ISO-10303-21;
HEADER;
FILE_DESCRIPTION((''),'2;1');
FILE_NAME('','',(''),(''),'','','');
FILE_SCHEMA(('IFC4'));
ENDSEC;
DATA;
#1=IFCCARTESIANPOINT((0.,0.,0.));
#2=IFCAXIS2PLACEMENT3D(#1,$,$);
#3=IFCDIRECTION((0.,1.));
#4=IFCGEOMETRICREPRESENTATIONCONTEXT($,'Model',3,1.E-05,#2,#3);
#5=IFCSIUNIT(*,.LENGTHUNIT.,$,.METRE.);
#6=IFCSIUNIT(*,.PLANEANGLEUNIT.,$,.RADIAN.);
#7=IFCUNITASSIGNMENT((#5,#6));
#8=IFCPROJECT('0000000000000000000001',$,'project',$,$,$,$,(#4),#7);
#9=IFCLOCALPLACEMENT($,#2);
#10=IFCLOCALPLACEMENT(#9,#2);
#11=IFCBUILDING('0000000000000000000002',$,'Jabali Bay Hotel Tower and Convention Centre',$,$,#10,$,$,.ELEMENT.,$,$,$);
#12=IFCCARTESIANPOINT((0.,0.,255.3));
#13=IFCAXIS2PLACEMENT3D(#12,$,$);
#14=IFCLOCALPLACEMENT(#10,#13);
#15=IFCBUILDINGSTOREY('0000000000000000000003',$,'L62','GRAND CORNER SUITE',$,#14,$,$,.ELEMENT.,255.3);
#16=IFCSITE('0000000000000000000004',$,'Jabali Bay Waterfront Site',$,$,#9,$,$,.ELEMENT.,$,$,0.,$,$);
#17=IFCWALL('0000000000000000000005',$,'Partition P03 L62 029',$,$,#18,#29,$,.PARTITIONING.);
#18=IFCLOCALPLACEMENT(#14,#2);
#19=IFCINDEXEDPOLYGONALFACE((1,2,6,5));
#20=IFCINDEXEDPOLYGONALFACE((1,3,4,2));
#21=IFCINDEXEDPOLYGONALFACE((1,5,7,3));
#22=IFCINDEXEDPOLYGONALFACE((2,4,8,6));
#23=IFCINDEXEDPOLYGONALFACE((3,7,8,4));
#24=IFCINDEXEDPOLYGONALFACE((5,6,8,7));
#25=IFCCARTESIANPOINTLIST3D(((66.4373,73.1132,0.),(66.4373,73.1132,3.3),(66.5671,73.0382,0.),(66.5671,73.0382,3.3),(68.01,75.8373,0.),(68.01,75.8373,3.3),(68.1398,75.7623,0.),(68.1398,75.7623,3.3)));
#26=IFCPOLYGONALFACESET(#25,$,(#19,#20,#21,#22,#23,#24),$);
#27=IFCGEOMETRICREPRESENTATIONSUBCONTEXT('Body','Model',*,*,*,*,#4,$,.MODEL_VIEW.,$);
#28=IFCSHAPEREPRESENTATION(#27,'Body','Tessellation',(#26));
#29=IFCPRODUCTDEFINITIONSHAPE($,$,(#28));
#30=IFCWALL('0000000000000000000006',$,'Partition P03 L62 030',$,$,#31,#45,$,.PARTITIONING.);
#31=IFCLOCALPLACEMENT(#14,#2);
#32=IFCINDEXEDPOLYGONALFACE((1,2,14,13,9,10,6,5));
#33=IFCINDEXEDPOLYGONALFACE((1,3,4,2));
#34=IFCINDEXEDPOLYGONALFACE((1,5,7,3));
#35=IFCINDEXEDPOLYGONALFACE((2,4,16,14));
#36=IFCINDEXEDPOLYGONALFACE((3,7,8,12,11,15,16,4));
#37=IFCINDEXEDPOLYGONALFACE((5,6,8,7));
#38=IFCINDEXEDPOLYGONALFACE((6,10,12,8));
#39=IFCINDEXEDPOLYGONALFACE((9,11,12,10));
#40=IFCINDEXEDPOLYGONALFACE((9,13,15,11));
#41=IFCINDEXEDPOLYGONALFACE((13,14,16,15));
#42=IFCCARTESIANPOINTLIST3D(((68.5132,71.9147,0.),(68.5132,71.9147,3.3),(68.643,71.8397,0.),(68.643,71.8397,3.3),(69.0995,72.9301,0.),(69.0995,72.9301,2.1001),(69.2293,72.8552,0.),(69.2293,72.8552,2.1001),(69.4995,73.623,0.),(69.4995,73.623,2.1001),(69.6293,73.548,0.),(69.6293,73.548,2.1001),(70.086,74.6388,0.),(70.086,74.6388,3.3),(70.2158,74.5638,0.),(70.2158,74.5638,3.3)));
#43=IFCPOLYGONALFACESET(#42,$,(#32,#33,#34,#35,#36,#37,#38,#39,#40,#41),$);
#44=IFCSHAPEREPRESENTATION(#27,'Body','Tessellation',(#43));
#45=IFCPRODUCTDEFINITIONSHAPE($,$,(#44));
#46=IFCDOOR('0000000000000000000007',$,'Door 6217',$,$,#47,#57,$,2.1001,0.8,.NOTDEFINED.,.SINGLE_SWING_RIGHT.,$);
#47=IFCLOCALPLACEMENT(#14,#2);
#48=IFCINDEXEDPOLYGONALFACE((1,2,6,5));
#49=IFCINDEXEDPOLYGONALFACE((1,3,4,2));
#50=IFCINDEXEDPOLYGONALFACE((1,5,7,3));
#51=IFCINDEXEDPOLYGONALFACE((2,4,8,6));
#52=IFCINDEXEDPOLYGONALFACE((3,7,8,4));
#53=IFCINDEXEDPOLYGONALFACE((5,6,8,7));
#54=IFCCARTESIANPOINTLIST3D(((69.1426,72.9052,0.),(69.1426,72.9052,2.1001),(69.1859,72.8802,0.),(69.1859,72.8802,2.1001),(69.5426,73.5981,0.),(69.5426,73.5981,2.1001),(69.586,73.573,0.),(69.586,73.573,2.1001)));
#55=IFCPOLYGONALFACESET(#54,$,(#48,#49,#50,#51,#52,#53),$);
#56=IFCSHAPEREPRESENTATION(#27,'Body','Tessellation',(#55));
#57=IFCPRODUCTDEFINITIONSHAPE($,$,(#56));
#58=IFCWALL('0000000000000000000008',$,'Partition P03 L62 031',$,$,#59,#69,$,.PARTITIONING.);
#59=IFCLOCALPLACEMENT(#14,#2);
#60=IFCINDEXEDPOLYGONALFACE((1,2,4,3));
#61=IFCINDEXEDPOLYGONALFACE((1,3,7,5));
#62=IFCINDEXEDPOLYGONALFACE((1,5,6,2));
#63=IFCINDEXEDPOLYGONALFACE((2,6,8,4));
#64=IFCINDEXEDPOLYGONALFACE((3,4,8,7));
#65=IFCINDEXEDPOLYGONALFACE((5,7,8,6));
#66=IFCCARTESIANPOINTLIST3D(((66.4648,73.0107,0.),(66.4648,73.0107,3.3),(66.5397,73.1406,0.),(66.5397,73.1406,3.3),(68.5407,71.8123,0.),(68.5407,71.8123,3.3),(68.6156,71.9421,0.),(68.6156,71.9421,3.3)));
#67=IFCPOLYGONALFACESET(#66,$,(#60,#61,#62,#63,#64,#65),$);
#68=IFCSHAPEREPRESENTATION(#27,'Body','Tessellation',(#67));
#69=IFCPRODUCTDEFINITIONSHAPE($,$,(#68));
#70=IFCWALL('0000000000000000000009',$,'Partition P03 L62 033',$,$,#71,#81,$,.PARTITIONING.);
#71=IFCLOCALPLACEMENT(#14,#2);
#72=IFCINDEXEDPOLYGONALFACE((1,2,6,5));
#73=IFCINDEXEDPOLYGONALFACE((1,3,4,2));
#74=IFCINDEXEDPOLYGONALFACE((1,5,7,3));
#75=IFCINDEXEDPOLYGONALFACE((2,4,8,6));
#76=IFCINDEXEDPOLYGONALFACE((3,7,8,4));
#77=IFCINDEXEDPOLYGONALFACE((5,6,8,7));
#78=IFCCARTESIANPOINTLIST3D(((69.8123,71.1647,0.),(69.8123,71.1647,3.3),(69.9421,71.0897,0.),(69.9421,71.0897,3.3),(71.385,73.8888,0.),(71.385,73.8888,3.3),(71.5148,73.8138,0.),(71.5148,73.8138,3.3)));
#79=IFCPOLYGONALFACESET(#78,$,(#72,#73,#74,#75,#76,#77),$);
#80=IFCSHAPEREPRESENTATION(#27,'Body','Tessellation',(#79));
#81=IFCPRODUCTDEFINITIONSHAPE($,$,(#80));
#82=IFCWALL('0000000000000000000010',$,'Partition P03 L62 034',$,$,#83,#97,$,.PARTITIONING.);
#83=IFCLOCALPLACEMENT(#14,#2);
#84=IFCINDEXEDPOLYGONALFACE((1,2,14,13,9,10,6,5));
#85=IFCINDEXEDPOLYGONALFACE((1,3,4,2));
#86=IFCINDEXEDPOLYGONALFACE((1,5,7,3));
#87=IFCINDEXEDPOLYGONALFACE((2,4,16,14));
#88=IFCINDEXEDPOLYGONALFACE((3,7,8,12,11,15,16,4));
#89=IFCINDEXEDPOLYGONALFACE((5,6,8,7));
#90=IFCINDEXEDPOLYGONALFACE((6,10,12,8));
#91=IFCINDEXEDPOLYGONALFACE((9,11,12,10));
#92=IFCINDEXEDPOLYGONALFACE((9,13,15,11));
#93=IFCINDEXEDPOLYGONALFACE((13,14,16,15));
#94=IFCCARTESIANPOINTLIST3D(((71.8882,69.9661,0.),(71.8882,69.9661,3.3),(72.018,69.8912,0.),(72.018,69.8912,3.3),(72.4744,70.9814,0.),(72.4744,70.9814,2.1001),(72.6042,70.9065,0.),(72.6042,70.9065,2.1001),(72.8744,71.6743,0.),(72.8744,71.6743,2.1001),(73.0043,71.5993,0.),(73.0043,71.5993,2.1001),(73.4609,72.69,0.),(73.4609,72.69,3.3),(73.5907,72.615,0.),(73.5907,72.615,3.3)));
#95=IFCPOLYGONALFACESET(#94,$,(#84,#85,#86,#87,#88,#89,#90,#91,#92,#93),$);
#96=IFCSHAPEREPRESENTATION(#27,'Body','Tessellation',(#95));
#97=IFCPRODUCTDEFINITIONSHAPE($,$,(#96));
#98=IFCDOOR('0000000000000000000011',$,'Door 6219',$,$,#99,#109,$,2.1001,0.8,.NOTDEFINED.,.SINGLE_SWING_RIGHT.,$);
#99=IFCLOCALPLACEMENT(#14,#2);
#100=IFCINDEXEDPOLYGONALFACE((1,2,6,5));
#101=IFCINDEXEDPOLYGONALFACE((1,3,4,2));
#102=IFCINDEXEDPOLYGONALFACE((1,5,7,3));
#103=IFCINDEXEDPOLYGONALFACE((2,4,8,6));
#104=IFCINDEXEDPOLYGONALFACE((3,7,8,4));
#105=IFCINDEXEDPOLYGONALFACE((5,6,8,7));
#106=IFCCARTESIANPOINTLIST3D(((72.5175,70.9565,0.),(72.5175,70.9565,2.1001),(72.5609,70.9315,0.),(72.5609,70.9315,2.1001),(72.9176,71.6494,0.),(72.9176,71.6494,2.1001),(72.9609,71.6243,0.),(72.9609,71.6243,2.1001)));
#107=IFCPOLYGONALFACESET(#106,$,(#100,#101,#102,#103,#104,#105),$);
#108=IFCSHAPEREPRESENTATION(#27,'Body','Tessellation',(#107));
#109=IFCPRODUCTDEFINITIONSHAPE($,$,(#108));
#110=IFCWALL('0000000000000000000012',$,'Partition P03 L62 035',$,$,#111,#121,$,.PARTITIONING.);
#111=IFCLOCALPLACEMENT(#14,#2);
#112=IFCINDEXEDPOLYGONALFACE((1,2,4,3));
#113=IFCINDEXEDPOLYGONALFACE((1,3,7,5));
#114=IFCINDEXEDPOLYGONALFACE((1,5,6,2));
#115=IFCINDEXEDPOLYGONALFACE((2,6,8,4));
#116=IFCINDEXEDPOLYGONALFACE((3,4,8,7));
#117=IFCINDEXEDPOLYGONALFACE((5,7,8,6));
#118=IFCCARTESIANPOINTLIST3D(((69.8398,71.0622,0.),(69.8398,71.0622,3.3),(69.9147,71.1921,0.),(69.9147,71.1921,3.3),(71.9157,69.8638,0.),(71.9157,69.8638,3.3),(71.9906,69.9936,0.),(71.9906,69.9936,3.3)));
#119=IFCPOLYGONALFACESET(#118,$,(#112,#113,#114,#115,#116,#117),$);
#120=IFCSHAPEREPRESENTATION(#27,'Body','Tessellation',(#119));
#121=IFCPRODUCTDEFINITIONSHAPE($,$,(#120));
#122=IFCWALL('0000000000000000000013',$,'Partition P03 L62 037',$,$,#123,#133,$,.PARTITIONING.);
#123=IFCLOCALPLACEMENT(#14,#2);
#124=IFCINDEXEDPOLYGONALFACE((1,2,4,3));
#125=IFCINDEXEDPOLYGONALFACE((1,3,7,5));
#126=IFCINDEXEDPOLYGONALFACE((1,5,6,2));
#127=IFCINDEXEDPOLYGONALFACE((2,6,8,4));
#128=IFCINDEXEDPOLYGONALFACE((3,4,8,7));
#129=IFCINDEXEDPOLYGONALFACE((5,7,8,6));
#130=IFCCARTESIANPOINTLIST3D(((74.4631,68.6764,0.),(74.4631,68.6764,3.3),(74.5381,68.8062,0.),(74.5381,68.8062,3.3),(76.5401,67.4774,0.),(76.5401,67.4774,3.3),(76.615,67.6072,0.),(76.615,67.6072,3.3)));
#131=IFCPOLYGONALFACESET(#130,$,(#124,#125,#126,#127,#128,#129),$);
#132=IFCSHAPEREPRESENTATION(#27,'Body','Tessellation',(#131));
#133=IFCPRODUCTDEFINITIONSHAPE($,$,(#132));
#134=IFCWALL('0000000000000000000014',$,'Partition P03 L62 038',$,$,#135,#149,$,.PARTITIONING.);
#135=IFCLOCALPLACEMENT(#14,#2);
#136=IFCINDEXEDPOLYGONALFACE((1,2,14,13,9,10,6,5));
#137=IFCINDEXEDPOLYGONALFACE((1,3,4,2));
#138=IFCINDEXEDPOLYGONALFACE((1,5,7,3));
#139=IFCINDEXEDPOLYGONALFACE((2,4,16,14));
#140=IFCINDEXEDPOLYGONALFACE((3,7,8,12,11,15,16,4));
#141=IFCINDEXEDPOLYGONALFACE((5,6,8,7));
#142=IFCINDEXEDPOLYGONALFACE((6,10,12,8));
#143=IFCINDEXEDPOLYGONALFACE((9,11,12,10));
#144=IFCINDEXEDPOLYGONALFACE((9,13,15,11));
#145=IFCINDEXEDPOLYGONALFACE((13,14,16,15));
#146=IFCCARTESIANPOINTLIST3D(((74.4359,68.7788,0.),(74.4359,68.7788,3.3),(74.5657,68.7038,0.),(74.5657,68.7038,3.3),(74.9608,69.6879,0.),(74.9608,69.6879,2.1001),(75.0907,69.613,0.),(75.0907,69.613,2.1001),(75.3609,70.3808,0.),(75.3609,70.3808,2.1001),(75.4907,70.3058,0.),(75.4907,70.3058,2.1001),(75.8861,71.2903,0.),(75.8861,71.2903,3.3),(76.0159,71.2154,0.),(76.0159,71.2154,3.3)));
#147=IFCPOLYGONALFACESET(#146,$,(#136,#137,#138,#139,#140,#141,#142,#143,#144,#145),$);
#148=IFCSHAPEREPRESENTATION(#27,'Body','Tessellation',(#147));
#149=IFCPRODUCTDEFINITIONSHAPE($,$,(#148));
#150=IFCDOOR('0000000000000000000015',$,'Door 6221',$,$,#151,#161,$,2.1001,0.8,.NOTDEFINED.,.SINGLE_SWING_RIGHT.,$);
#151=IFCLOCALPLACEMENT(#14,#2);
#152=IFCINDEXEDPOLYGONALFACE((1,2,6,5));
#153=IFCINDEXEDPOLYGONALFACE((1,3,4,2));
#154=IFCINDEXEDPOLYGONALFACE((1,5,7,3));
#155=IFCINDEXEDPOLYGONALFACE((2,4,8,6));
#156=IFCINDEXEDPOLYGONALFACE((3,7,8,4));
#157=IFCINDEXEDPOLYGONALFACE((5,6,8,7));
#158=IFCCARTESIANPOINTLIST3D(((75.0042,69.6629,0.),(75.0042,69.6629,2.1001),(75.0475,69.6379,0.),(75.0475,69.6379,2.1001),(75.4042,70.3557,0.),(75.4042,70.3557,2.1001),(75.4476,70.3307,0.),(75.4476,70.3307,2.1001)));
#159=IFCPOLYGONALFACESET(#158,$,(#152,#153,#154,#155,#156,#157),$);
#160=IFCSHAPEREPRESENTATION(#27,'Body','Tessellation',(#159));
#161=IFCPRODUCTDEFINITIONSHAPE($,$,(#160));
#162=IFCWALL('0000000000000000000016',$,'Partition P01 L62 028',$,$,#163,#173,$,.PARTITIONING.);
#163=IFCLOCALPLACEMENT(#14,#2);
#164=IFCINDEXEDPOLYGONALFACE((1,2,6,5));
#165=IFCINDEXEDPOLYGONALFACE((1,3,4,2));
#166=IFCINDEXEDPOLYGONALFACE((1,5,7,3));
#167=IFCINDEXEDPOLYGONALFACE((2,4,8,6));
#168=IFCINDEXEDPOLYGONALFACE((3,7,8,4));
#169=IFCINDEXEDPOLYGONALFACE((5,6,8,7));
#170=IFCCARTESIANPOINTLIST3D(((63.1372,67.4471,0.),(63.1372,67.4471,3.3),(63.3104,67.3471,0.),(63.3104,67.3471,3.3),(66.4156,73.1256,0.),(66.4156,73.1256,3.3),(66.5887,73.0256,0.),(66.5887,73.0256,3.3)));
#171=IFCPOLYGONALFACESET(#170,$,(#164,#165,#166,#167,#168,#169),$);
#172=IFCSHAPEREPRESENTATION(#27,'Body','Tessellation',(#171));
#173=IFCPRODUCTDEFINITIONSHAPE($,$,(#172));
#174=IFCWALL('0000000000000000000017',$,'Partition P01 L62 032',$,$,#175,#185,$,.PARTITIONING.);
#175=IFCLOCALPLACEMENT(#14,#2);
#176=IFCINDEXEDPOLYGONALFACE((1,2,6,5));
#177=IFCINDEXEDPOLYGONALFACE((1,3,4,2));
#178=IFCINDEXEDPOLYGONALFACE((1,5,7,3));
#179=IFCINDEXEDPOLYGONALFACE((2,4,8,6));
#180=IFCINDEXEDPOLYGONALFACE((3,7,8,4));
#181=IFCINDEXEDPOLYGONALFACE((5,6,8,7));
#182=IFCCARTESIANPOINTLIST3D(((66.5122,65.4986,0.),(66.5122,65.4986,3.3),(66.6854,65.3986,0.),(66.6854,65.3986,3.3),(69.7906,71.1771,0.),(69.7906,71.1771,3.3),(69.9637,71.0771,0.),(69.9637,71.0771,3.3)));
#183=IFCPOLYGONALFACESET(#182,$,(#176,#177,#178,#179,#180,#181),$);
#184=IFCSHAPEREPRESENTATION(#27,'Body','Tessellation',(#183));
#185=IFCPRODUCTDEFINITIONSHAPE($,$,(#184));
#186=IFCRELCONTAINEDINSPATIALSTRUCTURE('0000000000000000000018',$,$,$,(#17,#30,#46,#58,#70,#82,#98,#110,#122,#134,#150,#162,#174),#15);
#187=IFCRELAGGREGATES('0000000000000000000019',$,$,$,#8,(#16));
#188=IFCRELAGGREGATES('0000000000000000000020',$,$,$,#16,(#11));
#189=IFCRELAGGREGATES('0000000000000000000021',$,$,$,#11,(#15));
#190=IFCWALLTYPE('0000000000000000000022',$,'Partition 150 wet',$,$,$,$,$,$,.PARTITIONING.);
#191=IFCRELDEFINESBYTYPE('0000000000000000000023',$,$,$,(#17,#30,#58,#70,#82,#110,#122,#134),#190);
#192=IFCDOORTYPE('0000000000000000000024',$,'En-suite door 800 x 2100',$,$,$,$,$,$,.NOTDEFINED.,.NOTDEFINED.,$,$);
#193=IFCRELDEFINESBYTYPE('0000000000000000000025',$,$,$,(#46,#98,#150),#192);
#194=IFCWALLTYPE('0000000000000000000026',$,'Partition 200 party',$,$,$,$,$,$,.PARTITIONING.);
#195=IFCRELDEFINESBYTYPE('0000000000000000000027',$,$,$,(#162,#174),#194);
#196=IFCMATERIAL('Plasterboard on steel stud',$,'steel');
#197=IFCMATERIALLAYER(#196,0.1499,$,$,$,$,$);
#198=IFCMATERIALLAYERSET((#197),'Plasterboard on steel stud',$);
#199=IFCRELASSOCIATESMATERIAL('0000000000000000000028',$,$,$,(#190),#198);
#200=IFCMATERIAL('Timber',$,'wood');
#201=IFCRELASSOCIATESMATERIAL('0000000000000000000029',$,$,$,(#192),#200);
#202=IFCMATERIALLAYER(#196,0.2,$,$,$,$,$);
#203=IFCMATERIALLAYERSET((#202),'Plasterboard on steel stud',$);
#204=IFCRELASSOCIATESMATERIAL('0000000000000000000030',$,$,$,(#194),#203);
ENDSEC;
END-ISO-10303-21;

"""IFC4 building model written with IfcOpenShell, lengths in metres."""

from ifc_helpers import new_model, si_unit, direction, frame, frame_2d, origin, place, context, subcontext, project, spatial, rectangle, extrude, material, layer, layer_set, type_object, element, fill, save


model = new_model("IFC4")

# Units and contexts
model_context = context("Model", 3, precision=1e-05, world=origin(), true_north=direction((0.0, 1.0)))
body_context = subcontext(model_context, "Body", "Model", "MODEL_VIEW")
ifc_project = project(units=[si_unit("LENGTHUNIT", "METRE"), si_unit("PLANEANGLEUNIT", "RADIAN")], contexts=[model_context])

# Site, building, storey
site_placement = place(None, origin())
site = spatial("IfcSite", under=ifc_project, at=site_placement, Name="Jabali Bay Waterfront Site", CompositionType="ELEMENT", RefElevation=0.0)
building_placement = place(site_placement, origin())
building = spatial("IfcBuilding", under=site, at=building_placement, Name="Jabali Bay Hotel Tower and Convention Centre", CompositionType="ELEMENT")
storey_placement = place(building_placement, frame((0.0, 0.0, 255.3)))
storey = spatial("IfcBuildingStorey", under=building, at=storey_placement, Name="L62", Description="GRAND CORNER SUITE", CompositionType="ELEMENT", Elevation=255.3)

# Shared definitions
ifc_material_1 = material(Name="Timber", Category="wood")

# Shared definitions
ifc_material_2 = material(Name="Plasterboard on steel stud", Category="steel")
ifc_layer_1 = layer(ifc_material_2, 0.1499)
ifc_layer_set_1 = layer_set([ifc_layer_1], Name="Plasterboard on steel stud")
wall_type_1 = type_object("IfcWallType", Name="Partition 150 wet", PredefinedType="PARTITIONING", material=ifc_layer_set_1)
door_type_1 = type_object("IfcDoorType", Name="En-suite door 800 x 2100", OperationType="NOTDEFINED", PredefinedType="NOTDEFINED", material=ifc_material_1)

# Wall
wall_1_placement = place(storey_placement, frame((66.5022, 73.0757, 0.0), z_axis=(0.0, 0.0, 1.0), x_axis=(0.499996, 0.866028, 0.0)))
element("IfcWall", 1, at=wall_1_placement, inside=storey, type_object=wall_type_1, Name="Partition P03 L62 029", PredefinedType="PARTITIONING", context=body_context, shape_type="SweptSolid", body=[
    extrude(rectangle(XDim=3.1455, YDim=0.1499, at=frame_2d((1.5728, 0.0))), origin(), (0.0, 0.0, 1.0), 3.3),
])

# Wall, opening, door
wall_2_placement = place(storey_placement, frame((70.1509, 74.6013, 0.0), z_axis=(0.0, 0.0, 1.0), x_axis=(-0.499996, -0.866028, 0.0)))
wall_2 = element("IfcWall", 2, at=wall_2_placement, inside=storey, type_object=wall_type_1, Name="Partition P03 L62 030", PredefinedType="PARTITIONING", context=body_context, shape_type="SweptSolid", body=[
    extrude(rectangle(XDim=3.1455, YDim=0.1499, at=frame_2d((1.5728, 0.0))), origin(), (0.0, 0.0, 1.0), 3.3),
])
opening_1_placement = place(wall_2_placement, frame((1.1731, 0.0, 0.0)))
opening_1 = element("IfcOpeningElement", 3, at=opening_1_placement, cuts=wall_2, PredefinedType="OPENING", context=body_context, shape_type="SweptSolid", body=[
    extrude(rectangle(XDim=0.8, YDim=2.1001, at=frame_2d((0.3999, 1.05))), frame((0.0, 0.0854, 0.0), z_axis=(0.0, -1.0, 0.0), x_axis=(1.0, 0.0, 0.0)), (0.0, 0.0, 1.0), 0.1709),
])
door_1_placement = place(opening_1_placement, origin())
door_1 = element("IfcDoor", 4, at=door_1_placement, inside=storey, type_object=door_type_1, Name="Door 6217", OperationType="SINGLE_SWING_RIGHT", OverallHeight=2.1001, OverallWidth=0.8, PredefinedType="NOTDEFINED", context=body_context, shape_type="SweptSolid", body=[
    extrude(rectangle(XDim=0.8, YDim=2.1001, at=frame_2d((0.3999, 1.05))), frame((0.0, 0.0249, 0.0), z_axis=(0.0, -1.0, 0.0), x_axis=(1.0, 0.0, 0.0)), (0.0, 0.0, 1.0), 0.05),
])
fill(opening_1, door_1)

# Walls
wall_3_placement = place(storey_placement, frame((68.5781, 71.8772, 0.0), z_axis=(0.0, 0.0, 1.0), x_axis=(-0.866035, 0.499984, 0.0)))
element("IfcWall", 5, at=wall_3_placement, inside=storey, type_object=wall_type_1, Name="Partition P03 L62 031", PredefinedType="PARTITIONING", context=body_context, shape_type="SweptSolid", body=[
    extrude(rectangle(XDim=2.397, YDim=0.1499, at=frame_2d((1.1985, 0.0))), origin(), (0.0, 0.0, 1.0), 3.3),
])
wall_4_placement = place(storey_placement, frame((69.8772, 71.1272, 0.0), z_axis=(0.0, 0.0, 1.0), x_axis=(0.499996, 0.866028, 0.0)))
element("IfcWall", 6, at=wall_4_placement, inside=storey, type_object=wall_type_1, Name="Partition P03 L62 033", PredefinedType="PARTITIONING", context=body_context, shape_type="SweptSolid", body=[
    extrude(rectangle(XDim=3.1455, YDim=0.1499, at=frame_2d((1.5728, 0.0))), origin(), (0.0, 0.0, 1.0), 3.3),
])

# Wall, opening, door
wall_5_placement = place(storey_placement, frame((73.5259, 72.6526, 0.0), z_axis=(0.0, 0.0, 1.0), x_axis=(-0.500029, -0.866008, 0.0)))
wall_5 = element("IfcWall", 7, at=wall_5_placement, inside=storey, type_object=wall_type_1, Name="Partition P03 L62 034", PredefinedType="PARTITIONING", context=body_context, shape_type="SweptSolid", body=[
    extrude(rectangle(XDim=3.1453, YDim=0.1499, at=frame_2d((1.5728, 0.0))), origin(), (0.0, 0.0, 1.0), 3.3),
])
opening_2_placement = place(wall_5_placement, frame((1.1731, 0.0, 0.0)))
opening_2 = element("IfcOpeningElement", 8, at=opening_2_placement, cuts=wall_5, PredefinedType="OPENING", context=body_context, shape_type="SweptSolid", body=[
    extrude(rectangle(XDim=0.8, YDim=2.1001, at=frame_2d((0.3999, 1.05))), frame((0.0, 0.0854, 0.0), z_axis=(0.0, -1.0, 0.0), x_axis=(1.0, 0.0, 0.0)), (0.0, 0.0, 1.0), 0.1709),
])
door_2_placement = place(opening_2_placement, origin())
door_2 = element("IfcDoor", 9, at=door_2_placement, inside=storey, type_object=door_type_1, Name="Door 6219", OperationType="SINGLE_SWING_RIGHT", OverallHeight=2.1001, OverallWidth=0.8, PredefinedType="NOTDEFINED", context=body_context, shape_type="SweptSolid", body=[
    extrude(rectangle(XDim=0.8, YDim=2.1001, at=frame_2d((0.3999, 1.05))), frame((0.0, 0.0249, 0.0), z_axis=(0.0, -1.0, 0.0), x_axis=(1.0, 0.0, 0.0)), (0.0, 0.0, 1.0), 0.05),
])
fill(opening_2, door_2)

# Walls
wall_6_placement = place(storey_placement, frame((71.9531, 69.9287, 0.0), z_axis=(0.0, 0.0, 1.0), x_axis=(-0.866035, 0.499984, 0.0)))
element("IfcWall", 10, at=wall_6_placement, inside=storey, type_object=wall_type_1, Name="Partition P03 L62 035", PredefinedType="PARTITIONING", context=body_context, shape_type="SweptSolid", body=[
    extrude(rectangle(XDim=2.397, YDim=0.1499, at=frame_2d((1.1985, 0.0))), origin(), (0.0, 0.0, 1.0), 3.3),
])
wall_7_placement = place(storey_placement, frame((76.5776, 67.5422, 0.0), z_axis=(0.0, 0.0, 1.0), x_axis=(-0.866048, 0.49996, 0.0)))
element("IfcWall", 11, at=wall_7_placement, inside=storey, type_object=wall_type_1, Name="Partition P03 L62 037", PredefinedType="PARTITIONING", context=body_context, shape_type="SweptSolid", body=[
    extrude(rectangle(XDim=2.3982, YDim=0.1499, at=frame_2d((1.1992, 0.0))), origin(), (0.0, 0.0, 1.0), 3.3),
])

# Wall, opening, door
wall_8_placement = place(storey_placement, frame((74.5007, 68.7412, 0.0), z_axis=(0.0, 0.0, 1.0), x_axis=(0.50005, 0.865996, 0.0)))
wall_8 = element("IfcWall", 12, at=wall_8_placement, inside=storey, type_object=wall_type_1, Name="Partition P03 L62 038", PredefinedType="PARTITIONING", context=body_context, shape_type="SweptSolid", body=[
    extrude(rectangle(XDim=2.9001, YDim=0.1499, at=frame_2d((1.4502, 0.0))), origin(), (0.0, 0.0, 1.0), 3.3),
])
opening_3_placement = place(wall_8_placement, frame((1.05, 0.0, 0.0)))
opening_3 = element("IfcOpeningElement", 13, at=opening_3_placement, cuts=wall_8, PredefinedType="OPENING", context=body_context, shape_type="SweptSolid", body=[
    extrude(rectangle(XDim=0.8, YDim=2.1001, at=frame_2d((0.3999, 1.05))), frame((0.0, 0.0854, 0.0), z_axis=(0.0, -1.0, 0.0), x_axis=(1.0, 0.0, 0.0)), (0.0, 0.0, 1.0), 0.1709),
])
door_3_placement = place(opening_3_placement, origin())
door_3 = element("IfcDoor", 14, at=door_3_placement, inside=storey, type_object=door_type_1, Name="Door 6221", OperationType="SINGLE_SWING_RIGHT", OverallHeight=2.1001, OverallWidth=0.8, PredefinedType="NOTDEFINED", context=body_context, shape_type="SweptSolid", body=[
    extrude(rectangle(XDim=0.8, YDim=2.1001, at=frame_2d((0.3999, 1.05))), frame((0.0, 0.0249, 0.0), z_axis=(0.0, -1.0, 0.0), x_axis=(1.0, 0.0, 0.0)), (0.0, 0.0, 1.0), 0.05),
])
fill(opening_3, door_3)

# Walls
ifc_layer_2 = layer(ifc_material_2, 0.2)
ifc_layer_set_2 = layer_set([ifc_layer_2], Name="Plasterboard on steel stud")
wall_type_2 = type_object("IfcWallType", Name="Partition 200 party", PredefinedType="PARTITIONING", material=ifc_layer_set_2)
for number, where, z_axis, x_axis, name in (
    (15, (63.2239, 67.3972, 0.0), (0.0, 0.0, 1.0), (0.499984, 0.866035, 0.0), "Partition P01 L62 028"),
    (16, (66.5989, 65.4487, 0.0), (0.0, 0.0, 1.0), (0.499984, 0.866035, 0.0), "Partition P01 L62 032"),
):
    element("IfcWall", number, at=place(storey_placement, frame(where, z_axis=z_axis, x_axis=x_axis)), inside=storey, type_object=wall_type_2, Name=name, PredefinedType="PARTITIONING", context=body_context, shape_type="SweptSolid", body=[
        extrude(rectangle(XDim=6.5569, YDim=0.2, at=frame_2d((3.2783, 0.0))), origin(), (0.0, 0.0, 1.0), 3.3),
    ])

save(model, "model.ifc")
